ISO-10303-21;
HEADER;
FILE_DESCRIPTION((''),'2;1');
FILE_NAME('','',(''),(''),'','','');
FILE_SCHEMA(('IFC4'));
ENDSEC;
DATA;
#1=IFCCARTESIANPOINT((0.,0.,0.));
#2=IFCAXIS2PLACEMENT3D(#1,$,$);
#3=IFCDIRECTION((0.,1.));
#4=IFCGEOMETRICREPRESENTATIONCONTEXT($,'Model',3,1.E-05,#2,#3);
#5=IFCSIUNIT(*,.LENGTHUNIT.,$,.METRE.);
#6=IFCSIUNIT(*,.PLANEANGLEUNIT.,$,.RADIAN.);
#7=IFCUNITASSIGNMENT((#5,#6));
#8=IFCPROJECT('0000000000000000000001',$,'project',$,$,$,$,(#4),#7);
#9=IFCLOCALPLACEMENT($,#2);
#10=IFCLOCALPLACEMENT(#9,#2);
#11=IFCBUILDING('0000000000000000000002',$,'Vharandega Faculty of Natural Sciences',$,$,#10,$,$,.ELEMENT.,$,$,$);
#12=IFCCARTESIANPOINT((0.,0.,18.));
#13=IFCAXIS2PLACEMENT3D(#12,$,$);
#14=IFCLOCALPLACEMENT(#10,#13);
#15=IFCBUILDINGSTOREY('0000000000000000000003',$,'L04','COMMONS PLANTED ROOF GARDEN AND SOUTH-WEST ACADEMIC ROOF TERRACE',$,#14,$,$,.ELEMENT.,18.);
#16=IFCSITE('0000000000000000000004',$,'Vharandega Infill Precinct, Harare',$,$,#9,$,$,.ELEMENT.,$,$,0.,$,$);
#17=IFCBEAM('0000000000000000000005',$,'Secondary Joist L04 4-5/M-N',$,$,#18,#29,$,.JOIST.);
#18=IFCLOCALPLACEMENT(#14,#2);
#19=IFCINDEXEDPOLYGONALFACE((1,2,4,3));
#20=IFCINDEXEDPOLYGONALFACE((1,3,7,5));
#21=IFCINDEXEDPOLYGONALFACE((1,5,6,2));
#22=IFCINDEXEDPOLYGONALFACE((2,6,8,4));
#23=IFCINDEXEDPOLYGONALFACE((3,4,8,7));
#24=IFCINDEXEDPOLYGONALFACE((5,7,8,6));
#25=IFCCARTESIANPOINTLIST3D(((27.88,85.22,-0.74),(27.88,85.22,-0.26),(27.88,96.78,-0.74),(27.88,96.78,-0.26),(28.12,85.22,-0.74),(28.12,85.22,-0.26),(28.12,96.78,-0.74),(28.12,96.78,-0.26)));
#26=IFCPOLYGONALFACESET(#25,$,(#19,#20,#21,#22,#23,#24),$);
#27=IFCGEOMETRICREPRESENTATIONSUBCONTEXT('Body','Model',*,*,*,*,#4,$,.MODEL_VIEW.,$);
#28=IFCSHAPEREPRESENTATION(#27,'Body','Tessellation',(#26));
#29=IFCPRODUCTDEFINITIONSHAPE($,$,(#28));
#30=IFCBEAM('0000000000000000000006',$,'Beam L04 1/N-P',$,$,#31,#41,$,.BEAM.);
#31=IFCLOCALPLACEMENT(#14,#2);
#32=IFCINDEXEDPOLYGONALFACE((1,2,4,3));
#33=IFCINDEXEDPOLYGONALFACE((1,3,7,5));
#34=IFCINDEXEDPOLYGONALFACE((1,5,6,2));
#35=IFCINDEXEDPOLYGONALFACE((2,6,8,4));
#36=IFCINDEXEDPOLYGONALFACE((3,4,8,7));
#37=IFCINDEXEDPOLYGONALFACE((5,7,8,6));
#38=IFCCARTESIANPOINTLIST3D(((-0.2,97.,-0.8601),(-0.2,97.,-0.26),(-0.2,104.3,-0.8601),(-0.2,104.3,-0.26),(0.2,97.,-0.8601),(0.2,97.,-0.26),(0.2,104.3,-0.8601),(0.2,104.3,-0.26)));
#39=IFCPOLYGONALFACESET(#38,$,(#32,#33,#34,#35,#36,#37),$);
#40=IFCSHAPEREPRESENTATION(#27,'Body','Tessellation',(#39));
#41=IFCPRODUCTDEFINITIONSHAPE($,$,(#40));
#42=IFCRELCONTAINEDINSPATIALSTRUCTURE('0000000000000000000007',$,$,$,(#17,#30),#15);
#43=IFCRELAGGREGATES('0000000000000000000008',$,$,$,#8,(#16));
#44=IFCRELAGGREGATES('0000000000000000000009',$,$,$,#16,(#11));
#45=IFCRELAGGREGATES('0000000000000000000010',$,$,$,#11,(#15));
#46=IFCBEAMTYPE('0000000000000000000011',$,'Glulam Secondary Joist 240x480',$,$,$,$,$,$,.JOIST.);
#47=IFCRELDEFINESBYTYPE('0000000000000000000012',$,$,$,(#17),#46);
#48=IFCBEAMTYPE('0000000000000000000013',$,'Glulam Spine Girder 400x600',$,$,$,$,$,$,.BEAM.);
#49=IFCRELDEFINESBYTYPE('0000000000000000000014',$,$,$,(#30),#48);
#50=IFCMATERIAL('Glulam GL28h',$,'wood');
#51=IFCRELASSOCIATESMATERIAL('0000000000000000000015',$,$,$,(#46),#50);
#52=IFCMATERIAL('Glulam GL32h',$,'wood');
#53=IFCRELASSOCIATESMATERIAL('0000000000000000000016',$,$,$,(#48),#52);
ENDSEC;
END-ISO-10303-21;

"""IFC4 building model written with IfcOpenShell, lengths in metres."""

from ifc_helpers import new_model, si_unit, direction, frame, origin, origin_2d, place, context, subcontext, project, spatial, rectangle, extrude, material, material_profile, profile_set, type_object, element, save


model = new_model("IFC4")

# Units and contexts
model_context = context("Model", 3, precision=1e-05, world=origin(), true_north=direction((0.0, 1.0)))
body_context = subcontext(model_context, "Body", "Model", "MODEL_VIEW")
ifc_project = project(units=[si_unit("LENGTHUNIT", "METRE"), si_unit("PLANEANGLEUNIT", "RADIAN")], contexts=[model_context])

# Site, building, storey
site_placement = place(None, origin())
site = spatial("IfcSite", under=ifc_project, at=site_placement, Name="Vharandega Infill Precinct, Harare", CompositionType="ELEMENT", RefElevation=0.0)
building_placement = place(site_placement, origin())
building = spatial("IfcBuilding", under=site, at=building_placement, Name="Vharandega Faculty of Natural Sciences", CompositionType="ELEMENT")
storey_placement = place(building_placement, frame((0.0, 0.0, 18.0)))
storey = spatial("IfcBuildingStorey", under=building, at=storey_placement, Name="L04", Description="COMMONS PLANTED ROOF GARDEN AND SOUTH-WEST ACADEMIC ROOF TERRACE", CompositionType="ELEMENT", Elevation=18.0)

# Beams
ifc_material_1 = material(Name="Glulam GL28h", Category="wood")
ifc_material_profile_1 = material_profile(ifc_material_1, rectangle(XDim=0.24, YDim=0.48, at=origin_2d()), Name="GL28h 240x480")
ifc_profile_set_1 = profile_set([ifc_material_profile_1], Name="Glulam GL28h")
beam_type_1 = type_object("IfcBeamType", Name="Glulam Secondary Joist 240x480", PredefinedType="JOIST", material=ifc_profile_set_1)
for number, where, z_axis, x_axis, name in (
    (1, (28.0, 85.22, -0.5), (0.0, 1.0, 0.0), (-1.0, 0.0, 0.0), "Secondary Joist L04 4-5/M-N"),
):
    element("IfcBeam", number, at=place(storey_placement, frame(where, z_axis=z_axis, x_axis=x_axis)), inside=storey, type_object=beam_type_1, Name=name, PredefinedType="JOIST", context=body_context, shape_type="SweptSolid", body=[
        extrude(rectangle(XDim=0.24, YDim=0.48, at=origin_2d()), origin(), (0.0, 0.0, 1.0), 11.5601),
    ])
ifc_material_2 = material(Name="Glulam GL32h", Category="wood")
ifc_material_profile_2 = material_profile(ifc_material_2, rectangle(XDim=0.3999, YDim=0.6001, at=origin_2d()), Name="GL32h 400x600")
ifc_profile_set_2 = profile_set([ifc_material_profile_2], Name="Glulam GL32h")
beam_type_2 = type_object("IfcBeamType", Name="Glulam Spine Girder 400x600", PredefinedType="BEAM", material=ifc_profile_set_2)
beam_placement = place(storey_placement, frame((0.0, 97.0, -0.5601), z_axis=(0.0, 1.0, 0.0), x_axis=(-1.0, 0.0, 0.0)))
element("IfcBeam", 2, at=beam_placement, inside=storey, type_object=beam_type_2, Name="Beam L04 1/N-P", PredefinedType="BEAM", context=body_context, shape_type="SweptSolid", body=[
    extrude(rectangle(XDim=0.3999, YDim=0.6001, at=origin_2d()), origin(), (0.0, 0.0, 1.0), 7.3),
])

save(model, "model.ifc")
